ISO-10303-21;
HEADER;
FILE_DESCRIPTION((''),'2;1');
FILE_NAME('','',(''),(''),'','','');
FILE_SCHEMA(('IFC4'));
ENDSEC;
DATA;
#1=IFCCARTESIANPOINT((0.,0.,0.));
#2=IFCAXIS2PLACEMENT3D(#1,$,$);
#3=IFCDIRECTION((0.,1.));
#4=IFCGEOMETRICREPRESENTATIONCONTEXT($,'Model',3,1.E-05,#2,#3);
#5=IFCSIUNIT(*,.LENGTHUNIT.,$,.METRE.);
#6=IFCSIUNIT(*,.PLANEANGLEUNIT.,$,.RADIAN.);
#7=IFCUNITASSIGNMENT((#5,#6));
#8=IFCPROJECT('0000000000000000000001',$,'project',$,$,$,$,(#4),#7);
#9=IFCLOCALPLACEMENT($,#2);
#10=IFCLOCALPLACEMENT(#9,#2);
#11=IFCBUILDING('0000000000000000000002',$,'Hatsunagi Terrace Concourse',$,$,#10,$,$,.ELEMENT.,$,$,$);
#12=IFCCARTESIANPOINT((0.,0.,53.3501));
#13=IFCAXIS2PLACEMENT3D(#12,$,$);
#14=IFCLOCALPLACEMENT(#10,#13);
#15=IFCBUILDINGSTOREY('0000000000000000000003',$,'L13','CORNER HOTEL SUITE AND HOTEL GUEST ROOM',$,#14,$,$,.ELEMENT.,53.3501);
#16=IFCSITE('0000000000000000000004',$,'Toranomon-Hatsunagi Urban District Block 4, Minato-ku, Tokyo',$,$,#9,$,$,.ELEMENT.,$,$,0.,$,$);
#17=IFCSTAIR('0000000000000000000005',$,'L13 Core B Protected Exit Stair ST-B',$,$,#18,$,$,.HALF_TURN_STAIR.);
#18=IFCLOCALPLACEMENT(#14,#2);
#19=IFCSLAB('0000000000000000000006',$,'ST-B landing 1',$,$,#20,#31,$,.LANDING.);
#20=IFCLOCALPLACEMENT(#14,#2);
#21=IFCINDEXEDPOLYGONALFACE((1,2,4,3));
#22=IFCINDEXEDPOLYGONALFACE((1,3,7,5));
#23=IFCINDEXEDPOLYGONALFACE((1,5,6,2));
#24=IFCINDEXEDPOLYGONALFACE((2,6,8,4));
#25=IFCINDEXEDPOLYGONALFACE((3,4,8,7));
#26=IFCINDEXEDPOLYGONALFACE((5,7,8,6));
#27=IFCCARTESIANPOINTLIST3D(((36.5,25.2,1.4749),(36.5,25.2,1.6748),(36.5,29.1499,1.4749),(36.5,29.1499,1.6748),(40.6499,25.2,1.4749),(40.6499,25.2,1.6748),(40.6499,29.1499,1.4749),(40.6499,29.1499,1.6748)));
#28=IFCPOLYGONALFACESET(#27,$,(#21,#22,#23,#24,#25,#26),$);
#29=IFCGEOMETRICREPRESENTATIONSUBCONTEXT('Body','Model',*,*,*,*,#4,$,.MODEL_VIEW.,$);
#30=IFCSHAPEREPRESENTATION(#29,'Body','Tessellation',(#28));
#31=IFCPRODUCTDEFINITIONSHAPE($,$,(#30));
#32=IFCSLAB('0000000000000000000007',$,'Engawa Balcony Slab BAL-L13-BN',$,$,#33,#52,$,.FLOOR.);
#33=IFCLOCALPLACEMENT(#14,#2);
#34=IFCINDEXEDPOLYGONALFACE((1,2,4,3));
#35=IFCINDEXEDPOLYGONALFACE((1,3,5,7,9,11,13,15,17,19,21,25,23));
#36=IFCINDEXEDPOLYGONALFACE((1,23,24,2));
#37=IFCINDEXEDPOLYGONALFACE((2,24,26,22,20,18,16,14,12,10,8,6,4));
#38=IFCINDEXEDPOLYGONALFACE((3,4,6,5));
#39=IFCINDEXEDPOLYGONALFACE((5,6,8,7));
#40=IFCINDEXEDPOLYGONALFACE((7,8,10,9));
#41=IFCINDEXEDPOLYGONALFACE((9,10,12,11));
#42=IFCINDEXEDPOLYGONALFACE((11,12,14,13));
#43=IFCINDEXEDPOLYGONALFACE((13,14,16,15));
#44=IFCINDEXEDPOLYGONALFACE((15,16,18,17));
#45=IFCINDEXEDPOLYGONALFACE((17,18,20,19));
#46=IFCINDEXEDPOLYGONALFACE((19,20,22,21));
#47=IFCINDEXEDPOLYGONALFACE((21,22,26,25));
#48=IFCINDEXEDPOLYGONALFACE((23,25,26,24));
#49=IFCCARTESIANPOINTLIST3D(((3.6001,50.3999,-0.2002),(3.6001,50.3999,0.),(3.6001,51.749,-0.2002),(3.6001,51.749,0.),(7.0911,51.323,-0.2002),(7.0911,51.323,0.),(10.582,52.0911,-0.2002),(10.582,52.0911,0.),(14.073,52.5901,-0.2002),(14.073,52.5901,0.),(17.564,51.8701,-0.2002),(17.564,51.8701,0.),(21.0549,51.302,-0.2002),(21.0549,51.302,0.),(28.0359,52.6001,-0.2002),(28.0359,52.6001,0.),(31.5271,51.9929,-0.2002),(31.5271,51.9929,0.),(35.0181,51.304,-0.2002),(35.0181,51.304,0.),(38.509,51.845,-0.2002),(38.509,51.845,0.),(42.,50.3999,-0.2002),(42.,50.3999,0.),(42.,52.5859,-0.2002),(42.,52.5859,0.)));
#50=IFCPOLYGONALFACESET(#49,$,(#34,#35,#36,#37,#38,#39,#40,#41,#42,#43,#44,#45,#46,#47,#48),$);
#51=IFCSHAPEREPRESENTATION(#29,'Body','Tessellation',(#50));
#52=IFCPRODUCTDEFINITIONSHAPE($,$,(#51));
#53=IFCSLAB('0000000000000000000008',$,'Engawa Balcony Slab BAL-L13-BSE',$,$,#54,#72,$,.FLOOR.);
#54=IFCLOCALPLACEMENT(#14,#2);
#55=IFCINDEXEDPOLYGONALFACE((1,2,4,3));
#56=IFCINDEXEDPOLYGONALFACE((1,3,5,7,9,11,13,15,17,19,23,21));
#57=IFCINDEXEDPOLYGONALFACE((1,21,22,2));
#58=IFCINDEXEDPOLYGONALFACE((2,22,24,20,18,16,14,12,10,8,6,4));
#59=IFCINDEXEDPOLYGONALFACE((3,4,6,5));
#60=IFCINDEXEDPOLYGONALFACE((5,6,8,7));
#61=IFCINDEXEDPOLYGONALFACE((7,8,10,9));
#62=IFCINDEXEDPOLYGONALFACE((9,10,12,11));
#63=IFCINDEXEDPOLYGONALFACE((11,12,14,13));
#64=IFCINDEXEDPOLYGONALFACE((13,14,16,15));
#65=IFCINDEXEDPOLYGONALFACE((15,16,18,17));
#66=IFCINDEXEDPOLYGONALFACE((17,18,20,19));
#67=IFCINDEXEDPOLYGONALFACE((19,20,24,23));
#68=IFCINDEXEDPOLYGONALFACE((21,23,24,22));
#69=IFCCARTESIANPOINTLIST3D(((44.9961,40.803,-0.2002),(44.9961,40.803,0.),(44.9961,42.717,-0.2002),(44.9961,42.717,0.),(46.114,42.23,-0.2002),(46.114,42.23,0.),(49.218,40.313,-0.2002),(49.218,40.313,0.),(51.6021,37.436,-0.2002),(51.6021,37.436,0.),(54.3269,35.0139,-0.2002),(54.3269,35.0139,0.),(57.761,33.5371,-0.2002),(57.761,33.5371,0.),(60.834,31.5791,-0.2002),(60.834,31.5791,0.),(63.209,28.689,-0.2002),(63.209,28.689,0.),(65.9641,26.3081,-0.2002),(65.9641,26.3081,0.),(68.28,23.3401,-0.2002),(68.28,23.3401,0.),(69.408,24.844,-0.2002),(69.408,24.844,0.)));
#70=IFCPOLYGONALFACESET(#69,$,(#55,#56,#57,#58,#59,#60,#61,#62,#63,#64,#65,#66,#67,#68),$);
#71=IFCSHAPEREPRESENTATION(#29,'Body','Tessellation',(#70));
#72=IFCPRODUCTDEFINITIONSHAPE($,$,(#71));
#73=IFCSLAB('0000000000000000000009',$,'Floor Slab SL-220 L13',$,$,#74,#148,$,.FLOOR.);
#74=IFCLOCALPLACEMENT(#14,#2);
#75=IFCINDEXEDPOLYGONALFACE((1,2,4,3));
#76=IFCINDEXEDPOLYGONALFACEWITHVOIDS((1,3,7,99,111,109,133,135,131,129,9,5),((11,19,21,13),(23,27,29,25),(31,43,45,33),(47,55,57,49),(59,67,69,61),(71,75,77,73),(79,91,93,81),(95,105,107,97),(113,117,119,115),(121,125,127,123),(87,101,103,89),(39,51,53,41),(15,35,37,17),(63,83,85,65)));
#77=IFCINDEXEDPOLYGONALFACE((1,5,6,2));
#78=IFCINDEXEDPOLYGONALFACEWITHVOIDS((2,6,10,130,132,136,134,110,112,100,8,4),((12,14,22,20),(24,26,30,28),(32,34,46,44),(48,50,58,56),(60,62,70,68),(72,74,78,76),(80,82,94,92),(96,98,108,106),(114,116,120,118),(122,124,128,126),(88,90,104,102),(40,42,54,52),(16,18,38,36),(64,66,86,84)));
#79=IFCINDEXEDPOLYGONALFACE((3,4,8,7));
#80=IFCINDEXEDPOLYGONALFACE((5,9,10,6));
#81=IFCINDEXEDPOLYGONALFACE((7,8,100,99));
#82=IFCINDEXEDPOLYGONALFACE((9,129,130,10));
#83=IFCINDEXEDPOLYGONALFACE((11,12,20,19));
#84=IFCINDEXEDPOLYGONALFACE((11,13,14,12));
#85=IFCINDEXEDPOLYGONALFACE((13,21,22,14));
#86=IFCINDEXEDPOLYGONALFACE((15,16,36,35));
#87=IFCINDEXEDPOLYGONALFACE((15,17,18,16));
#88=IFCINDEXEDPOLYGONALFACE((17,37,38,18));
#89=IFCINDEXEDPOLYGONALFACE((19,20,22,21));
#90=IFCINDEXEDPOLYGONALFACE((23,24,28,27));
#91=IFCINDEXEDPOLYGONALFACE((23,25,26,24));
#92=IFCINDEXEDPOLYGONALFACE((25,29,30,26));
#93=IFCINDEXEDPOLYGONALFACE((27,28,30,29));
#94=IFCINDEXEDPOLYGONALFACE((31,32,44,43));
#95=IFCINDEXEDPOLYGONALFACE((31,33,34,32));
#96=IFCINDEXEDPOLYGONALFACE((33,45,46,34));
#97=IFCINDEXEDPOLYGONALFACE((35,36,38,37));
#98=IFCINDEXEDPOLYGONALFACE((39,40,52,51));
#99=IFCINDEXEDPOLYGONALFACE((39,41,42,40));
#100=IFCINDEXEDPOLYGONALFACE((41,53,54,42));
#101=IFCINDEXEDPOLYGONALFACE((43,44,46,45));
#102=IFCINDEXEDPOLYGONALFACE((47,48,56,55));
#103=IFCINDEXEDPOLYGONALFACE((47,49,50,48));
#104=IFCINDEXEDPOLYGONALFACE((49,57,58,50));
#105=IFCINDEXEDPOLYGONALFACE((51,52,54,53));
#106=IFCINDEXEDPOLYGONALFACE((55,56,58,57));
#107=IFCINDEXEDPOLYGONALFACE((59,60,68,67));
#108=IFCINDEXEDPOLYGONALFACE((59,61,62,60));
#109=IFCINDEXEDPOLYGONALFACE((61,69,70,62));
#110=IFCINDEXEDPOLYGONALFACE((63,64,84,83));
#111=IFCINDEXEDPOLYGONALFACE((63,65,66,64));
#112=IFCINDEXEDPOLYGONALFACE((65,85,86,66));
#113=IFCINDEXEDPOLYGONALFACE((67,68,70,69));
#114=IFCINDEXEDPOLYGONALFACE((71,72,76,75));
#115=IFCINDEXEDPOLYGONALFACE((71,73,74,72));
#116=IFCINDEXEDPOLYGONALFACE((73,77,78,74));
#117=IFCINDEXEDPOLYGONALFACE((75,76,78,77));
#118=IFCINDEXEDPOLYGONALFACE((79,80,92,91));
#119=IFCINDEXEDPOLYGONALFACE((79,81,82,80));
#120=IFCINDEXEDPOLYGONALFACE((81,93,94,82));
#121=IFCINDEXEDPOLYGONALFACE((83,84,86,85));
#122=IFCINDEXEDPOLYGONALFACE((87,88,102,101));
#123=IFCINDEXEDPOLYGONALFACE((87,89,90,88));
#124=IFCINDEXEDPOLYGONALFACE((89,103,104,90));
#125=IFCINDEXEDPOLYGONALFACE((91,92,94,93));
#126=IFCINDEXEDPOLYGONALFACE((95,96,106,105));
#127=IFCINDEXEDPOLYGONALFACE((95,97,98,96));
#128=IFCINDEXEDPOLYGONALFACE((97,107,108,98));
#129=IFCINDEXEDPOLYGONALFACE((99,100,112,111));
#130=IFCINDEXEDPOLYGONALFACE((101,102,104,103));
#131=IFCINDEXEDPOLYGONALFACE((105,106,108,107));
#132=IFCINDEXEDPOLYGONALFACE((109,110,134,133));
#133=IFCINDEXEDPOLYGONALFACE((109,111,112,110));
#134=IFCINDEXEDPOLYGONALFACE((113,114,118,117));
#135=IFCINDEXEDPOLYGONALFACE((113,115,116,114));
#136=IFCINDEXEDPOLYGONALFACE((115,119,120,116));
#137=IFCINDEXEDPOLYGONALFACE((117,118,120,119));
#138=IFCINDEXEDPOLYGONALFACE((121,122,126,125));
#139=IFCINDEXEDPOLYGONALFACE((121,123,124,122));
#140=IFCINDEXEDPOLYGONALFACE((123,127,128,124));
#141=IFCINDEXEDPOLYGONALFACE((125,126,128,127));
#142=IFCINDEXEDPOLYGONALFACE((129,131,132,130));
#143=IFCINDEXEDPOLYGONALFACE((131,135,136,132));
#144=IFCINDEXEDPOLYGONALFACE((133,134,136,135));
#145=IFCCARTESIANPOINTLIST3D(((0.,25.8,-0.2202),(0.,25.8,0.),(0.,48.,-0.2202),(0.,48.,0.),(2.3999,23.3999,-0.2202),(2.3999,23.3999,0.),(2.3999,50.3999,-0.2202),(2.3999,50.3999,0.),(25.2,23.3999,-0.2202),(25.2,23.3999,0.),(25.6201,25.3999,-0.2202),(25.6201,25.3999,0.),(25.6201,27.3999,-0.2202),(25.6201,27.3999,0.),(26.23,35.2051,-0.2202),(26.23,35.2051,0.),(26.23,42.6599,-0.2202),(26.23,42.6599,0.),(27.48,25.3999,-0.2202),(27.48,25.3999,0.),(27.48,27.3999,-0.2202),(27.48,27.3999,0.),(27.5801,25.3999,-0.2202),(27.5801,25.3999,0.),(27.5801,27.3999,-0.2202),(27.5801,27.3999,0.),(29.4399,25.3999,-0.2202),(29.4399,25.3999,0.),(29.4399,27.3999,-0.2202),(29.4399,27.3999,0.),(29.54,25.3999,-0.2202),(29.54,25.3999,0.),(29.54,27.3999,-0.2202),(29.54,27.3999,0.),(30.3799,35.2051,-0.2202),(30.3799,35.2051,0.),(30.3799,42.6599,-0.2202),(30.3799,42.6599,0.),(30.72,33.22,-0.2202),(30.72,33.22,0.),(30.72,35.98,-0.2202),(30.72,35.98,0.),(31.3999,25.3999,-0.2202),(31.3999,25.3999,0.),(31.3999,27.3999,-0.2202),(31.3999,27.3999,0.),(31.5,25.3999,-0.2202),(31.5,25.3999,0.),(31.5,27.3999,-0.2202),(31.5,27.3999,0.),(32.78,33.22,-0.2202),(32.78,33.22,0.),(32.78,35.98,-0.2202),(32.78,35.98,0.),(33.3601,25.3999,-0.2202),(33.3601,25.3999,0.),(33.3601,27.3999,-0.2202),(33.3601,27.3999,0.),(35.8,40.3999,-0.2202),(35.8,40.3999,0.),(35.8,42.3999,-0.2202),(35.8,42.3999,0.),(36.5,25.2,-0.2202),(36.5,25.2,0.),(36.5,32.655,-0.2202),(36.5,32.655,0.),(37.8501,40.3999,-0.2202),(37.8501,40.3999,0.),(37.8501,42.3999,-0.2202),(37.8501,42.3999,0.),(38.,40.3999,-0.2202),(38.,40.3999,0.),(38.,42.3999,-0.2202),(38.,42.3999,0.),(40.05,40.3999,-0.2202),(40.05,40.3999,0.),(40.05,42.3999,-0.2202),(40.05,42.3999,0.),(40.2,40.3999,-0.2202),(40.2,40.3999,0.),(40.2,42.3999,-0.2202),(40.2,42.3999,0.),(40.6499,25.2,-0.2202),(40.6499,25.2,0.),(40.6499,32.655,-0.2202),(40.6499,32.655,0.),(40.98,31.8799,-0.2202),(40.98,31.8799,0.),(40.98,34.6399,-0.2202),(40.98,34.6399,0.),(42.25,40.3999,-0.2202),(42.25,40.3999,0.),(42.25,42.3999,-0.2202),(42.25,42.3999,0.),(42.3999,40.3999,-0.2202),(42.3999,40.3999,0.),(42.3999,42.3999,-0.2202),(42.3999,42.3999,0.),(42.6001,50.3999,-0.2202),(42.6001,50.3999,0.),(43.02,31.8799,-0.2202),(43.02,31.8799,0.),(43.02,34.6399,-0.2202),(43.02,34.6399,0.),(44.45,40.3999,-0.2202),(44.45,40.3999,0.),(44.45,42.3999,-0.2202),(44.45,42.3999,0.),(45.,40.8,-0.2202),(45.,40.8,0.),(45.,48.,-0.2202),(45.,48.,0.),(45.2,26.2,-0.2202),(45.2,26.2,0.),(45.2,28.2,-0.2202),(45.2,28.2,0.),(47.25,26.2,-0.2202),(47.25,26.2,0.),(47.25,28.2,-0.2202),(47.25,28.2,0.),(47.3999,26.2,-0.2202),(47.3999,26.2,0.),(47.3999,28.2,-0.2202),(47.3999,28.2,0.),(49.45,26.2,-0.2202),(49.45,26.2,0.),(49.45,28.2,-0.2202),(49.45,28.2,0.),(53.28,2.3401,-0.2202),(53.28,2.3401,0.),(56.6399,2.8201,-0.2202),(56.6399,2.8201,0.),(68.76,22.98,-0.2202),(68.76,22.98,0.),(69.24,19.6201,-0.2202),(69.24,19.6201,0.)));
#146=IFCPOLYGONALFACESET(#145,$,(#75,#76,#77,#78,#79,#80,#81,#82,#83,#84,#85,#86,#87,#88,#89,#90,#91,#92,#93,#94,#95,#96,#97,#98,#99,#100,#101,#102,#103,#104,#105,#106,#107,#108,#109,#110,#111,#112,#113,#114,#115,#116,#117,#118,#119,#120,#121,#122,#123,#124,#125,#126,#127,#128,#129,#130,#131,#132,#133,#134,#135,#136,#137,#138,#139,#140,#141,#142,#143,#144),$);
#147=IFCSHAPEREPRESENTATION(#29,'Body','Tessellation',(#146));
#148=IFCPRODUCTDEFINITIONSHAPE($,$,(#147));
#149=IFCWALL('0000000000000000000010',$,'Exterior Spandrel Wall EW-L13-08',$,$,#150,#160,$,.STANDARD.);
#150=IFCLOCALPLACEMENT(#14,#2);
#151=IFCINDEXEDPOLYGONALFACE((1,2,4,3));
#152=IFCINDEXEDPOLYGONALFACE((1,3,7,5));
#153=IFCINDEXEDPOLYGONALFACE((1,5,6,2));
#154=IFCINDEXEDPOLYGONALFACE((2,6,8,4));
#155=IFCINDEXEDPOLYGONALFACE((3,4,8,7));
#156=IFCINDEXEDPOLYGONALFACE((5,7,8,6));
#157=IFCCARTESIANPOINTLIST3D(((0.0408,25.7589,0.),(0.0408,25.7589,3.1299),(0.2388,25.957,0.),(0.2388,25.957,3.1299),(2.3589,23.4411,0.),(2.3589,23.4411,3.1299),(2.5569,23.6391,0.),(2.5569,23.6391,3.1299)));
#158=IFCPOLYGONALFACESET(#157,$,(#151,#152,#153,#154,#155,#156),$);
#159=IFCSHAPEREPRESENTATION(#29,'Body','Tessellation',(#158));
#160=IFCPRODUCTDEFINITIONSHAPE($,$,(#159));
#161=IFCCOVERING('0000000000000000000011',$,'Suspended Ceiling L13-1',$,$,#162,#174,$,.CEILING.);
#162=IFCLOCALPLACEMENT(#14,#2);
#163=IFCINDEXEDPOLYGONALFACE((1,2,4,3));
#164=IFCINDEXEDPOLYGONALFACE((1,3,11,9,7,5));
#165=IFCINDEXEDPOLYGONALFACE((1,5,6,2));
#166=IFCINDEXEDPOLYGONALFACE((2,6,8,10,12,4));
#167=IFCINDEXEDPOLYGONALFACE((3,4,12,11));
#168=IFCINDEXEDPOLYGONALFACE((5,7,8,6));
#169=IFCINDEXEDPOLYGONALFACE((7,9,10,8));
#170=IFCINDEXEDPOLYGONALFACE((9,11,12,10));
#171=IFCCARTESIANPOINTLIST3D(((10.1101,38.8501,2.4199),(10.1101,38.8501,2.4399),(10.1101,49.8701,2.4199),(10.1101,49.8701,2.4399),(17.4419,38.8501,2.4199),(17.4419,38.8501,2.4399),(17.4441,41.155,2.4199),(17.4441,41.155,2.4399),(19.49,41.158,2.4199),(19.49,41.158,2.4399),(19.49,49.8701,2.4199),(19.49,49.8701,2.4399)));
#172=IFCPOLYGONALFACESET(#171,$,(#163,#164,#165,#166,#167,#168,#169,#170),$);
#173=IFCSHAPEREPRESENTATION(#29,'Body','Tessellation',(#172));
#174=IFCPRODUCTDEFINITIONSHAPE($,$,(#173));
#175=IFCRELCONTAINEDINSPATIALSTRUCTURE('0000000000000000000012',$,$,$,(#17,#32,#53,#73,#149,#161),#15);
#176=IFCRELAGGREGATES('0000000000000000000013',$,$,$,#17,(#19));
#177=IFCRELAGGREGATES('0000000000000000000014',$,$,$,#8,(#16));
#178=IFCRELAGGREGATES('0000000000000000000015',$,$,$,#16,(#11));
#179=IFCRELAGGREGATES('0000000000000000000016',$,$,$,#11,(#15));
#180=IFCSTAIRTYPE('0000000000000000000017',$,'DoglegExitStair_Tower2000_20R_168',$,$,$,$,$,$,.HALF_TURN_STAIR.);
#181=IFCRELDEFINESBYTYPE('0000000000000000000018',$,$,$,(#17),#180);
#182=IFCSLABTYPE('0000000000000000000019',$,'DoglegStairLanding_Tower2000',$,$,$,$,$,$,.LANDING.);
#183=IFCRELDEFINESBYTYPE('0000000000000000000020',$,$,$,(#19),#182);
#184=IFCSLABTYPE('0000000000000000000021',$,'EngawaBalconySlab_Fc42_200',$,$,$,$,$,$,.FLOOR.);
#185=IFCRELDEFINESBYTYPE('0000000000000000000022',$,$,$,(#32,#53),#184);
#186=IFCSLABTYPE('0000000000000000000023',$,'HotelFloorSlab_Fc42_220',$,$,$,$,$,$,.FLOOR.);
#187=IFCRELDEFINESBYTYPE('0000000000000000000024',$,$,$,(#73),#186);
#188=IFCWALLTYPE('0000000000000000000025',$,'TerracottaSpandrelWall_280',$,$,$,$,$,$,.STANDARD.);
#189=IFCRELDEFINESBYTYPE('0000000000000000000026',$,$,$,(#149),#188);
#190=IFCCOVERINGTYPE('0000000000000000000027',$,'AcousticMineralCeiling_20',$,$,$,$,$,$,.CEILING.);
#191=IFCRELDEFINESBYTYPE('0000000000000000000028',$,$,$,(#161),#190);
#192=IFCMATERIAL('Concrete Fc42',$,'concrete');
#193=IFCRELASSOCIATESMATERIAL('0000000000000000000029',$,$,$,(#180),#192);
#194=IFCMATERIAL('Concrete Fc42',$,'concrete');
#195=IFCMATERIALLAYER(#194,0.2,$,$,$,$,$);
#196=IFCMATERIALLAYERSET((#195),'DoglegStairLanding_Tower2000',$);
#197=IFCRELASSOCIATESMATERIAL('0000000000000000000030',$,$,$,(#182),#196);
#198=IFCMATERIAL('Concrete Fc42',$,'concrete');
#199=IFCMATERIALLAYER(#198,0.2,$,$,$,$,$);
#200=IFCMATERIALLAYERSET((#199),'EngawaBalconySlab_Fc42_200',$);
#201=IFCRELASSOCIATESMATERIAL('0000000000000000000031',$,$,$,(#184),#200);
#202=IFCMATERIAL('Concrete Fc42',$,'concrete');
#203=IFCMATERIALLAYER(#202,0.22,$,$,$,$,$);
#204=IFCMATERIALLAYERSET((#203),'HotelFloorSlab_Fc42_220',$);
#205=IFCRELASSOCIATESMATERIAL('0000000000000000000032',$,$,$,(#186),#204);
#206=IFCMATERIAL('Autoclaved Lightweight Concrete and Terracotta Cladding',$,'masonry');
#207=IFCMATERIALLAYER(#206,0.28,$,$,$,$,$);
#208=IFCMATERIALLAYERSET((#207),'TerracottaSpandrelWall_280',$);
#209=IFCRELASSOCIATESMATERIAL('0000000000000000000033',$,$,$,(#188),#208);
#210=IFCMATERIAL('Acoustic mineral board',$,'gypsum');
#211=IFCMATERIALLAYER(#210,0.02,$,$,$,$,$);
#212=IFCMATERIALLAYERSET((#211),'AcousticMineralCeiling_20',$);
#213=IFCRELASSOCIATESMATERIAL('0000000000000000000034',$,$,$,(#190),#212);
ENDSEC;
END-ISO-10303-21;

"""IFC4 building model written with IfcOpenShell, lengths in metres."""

from ifc_helpers import new_model, si_unit, direction, frame, frame_2d, origin, place, context, subcontext, project, spatial, polyline, rectangle, outline, extrude, material, layer, layer_set, type_object, element, aggregate, save


model = new_model("IFC4")

# Units and contexts
model_context = context("Model", 3, precision=1e-05, world=origin(), true_north=direction((0.0, 1.0)))
body_context = subcontext(model_context, "Body", "Model", "MODEL_VIEW")
ifc_project = project(units=[si_unit("LENGTHUNIT", "METRE"), si_unit("PLANEANGLEUNIT", "RADIAN")], contexts=[model_context])

# Site, building, storey
site_placement = place(None, origin())
site = spatial("IfcSite", under=ifc_project, at=site_placement, Name="Toranomon-Hatsunagi Urban District Block 4, Minato-ku, Tokyo", CompositionType="ELEMENT", RefElevation=0.0)
building_placement = place(site_placement, origin())
building = spatial("IfcBuilding", under=site, at=building_placement, Name="Hatsunagi Terrace Concourse", CompositionType="ELEMENT")
storey_placement = place(building_placement, frame((0.0, 0.0, 53.3501)))
storey = spatial("IfcBuildingStorey", under=building, at=storey_placement, Name="L13", Description="CORNER HOTEL SUITE AND HOTEL GUEST ROOM", CompositionType="ELEMENT", Elevation=53.3501)

# Stair, slab
ifc_material_1 = material(Name="Concrete Fc42", Category="concrete")
stair_type = type_object("IfcStairType", Name="DoglegExitStair_Tower2000_20R_168", PredefinedType="HALF_TURN_STAIR", material=ifc_material_1)
ifc_material_2 = material(Name="Concrete Fc42", Category="concrete")
ifc_layer_1 = layer(ifc_material_2, 0.2)
ifc_layer_set_1 = layer_set([ifc_layer_1], Name="DoglegStairLanding_Tower2000")
slab_type_1 = type_object("IfcSlabType", Name="DoglegStairLanding_Tower2000", PredefinedType="LANDING", material=ifc_layer_set_1)
stair_1_placement = place(storey_placement, origin())
stair_1 = element("IfcStair", 1, at=stair_1_placement, inside=storey, type_object=stair_type, Name="L13 Core B Protected Exit Stair ST-B", PredefinedType="HALF_TURN_STAIR")
slab_1_placement = place(storey_placement, frame((0.0, 0.0, 1.4749)))
slab_1 = element("IfcSlab", 2, at=slab_1_placement, type_object=slab_type_1, Name="ST-B landing 1", PredefinedType="LANDING", context=body_context, shape_type="SweptSolid", body=[
    extrude(outline(polyline([(36.5, 29.1499), (36.5, 25.2), (40.6499, 25.2), (40.6499, 29.1499), (36.5, 29.1499)])), origin(), (0.0, 0.0, 1.0), 0.2),
])
aggregate(stair_1, [slab_1])

# Slabs
ifc_material_3 = material(Name="Concrete Fc42", Category="concrete")
ifc_layer_2 = layer(ifc_material_3, 0.2)
ifc_layer_set_2 = layer_set([ifc_layer_2], Name="EngawaBalconySlab_Fc42_200")
slab_type_2 = type_object("IfcSlabType", Name="EngawaBalconySlab_Fc42_200", PredefinedType="FLOOR", material=ifc_layer_set_2)
slab_2_placement = place(storey_placement, frame((0.0, 0.0, -0.2002)))
element("IfcSlab", 3, at=slab_2_placement, inside=storey, type_object=slab_type_2, Name="Engawa Balcony Slab BAL-L13-BN", PredefinedType="FLOOR", context=body_context, shape_type="SweptSolid", body=[
    extrude(outline(polyline([(3.6001, 51.749), (3.6001, 50.3999), (42.0, 50.3999), (42.0, 52.5859), (38.509, 51.845), (35.0181, 51.304), (31.5271, 51.9929), (28.0359, 52.6001), (21.0549, 51.302), (17.564, 51.8701), (14.073, 52.5901), (10.582, 52.0911), (7.0911, 51.323), (3.6001, 51.749)])), origin(), (0.0, 0.0, 1.0), 0.2002),
])
slab_3_placement = place(storey_placement, frame((0.0, 0.0, -0.2002)))
element("IfcSlab", 4, at=slab_3_placement, inside=storey, type_object=slab_type_2, Name="Engawa Balcony Slab BAL-L13-BSE", PredefinedType="FLOOR", context=body_context, shape_type="SweptSolid", body=[
    extrude(outline(polyline([(46.114, 42.23), (44.9961, 42.717), (44.9961, 40.803), (68.28, 23.3401), (69.408, 24.844), (65.9641, 26.3081), (63.209, 28.689), (60.834, 31.5791), (57.761, 33.5371), (54.3269, 35.0139), (51.6021, 37.436), (49.218, 40.313), (46.114, 42.23)])), origin(), (0.0, 0.0, 1.0), 0.2002),
])
ifc_material_4 = material(Name="Concrete Fc42", Category="concrete")
ifc_layer_3 = layer(ifc_material_4, 0.22)
ifc_layer_set_3 = layer_set([ifc_layer_3], Name="HotelFloorSlab_Fc42_220")
slab_type_3 = type_object("IfcSlabType", Name="HotelFloorSlab_Fc42_220", PredefinedType="FLOOR", material=ifc_layer_set_3)
slab_4_placement = place(storey_placement, frame((0.0, 0.0, -0.2202)))
element("IfcSlab", 5, at=slab_4_placement, inside=storey, type_object=slab_type_3, Name="Floor Slab SL-220 L13", PredefinedType="FLOOR", context=body_context, shape_type="SweptSolid", body=[
    extrude(outline(polyline([(45.0, 40.8), (45.0, 48.0), (42.6001, 50.3999), (2.3999, 50.3999), (0.0, 48.0), (0.0, 25.8), (2.3999, 23.3999), (25.2, 23.3999), (53.28, 2.3401), (56.6399, 2.8201), (69.24, 19.6201), (68.76, 22.98), (45.0, 40.8)]), holes=[polyline([(26.23, 35.2051), (30.3799, 35.2051), (30.3799, 42.6599), (26.23, 42.6599), (26.23, 35.2051)]), polyline([(36.5, 25.2), (40.6499, 25.2), (40.6499, 32.655), (36.5, 32.655), (36.5, 25.2)]), polyline([(30.72, 33.22), (32.78, 33.22), (32.78, 35.98), (30.72, 35.98), (30.72, 33.22)]), polyline([(40.98, 31.8799), (43.02, 31.8799), (43.02, 34.6399), (40.98, 34.6399), (40.98, 31.8799)]), polyline([(25.6201, 25.3999), (27.48, 25.3999), (27.48, 27.3999), (25.6201, 27.3999), (25.6201, 25.3999)]), polyline([(27.5801, 25.3999), (29.4399, 25.3999), (29.4399, 27.3999), (27.5801, 27.3999), (27.5801, 25.3999)]), polyline([(29.54, 25.3999), (31.3999, 25.3999), (31.3999, 27.3999), (29.54, 27.3999), (29.54, 25.3999)]), polyline([(31.5, 25.3999), (33.3601, 25.3999), (33.3601, 27.3999), (31.5, 27.3999), (31.5, 25.3999)]), polyline([(35.8, 40.3999), (37.8501, 40.3999), (37.8501, 42.3999), (35.8, 42.3999), (35.8, 40.3999)]), polyline([(38.0, 40.3999), (40.05, 40.3999), (40.05, 42.3999), (38.0, 42.3999), (38.0, 40.3999)]), polyline([(40.2, 40.3999), (42.25, 40.3999), (42.25, 42.3999), (40.2, 42.3999), (40.2, 40.3999)]), polyline([(42.3999, 40.3999), (44.45, 40.3999), (44.45, 42.3999), (42.3999, 42.3999), (42.3999, 40.3999)]), polyline([(45.2, 26.2), (47.25, 26.2), (47.25, 28.2), (45.2, 28.2), (45.2, 26.2)]), polyline([(47.3999, 26.2), (49.45, 26.2), (49.45, 28.2), (47.3999, 28.2), (47.3999, 26.2)])]), origin(), (0.0, 0.0, 1.0), 0.2202),
])

# Wall
ifc_material_5 = material(Name="Autoclaved Lightweight Concrete and Terracotta Cladding", Category="masonry")
ifc_layer_4 = layer(ifc_material_5, 0.28)
ifc_layer_set_4 = layer_set([ifc_layer_4], Name="TerracottaSpandrelWall_280")
wall_type = type_object("IfcWallType", Name="TerracottaSpandrelWall_280", PredefinedType="STANDARD", material=ifc_layer_set_4)
wall_placement = place(storey_placement, frame((2.458, 23.54, 0.0), z_axis=(0.0, 0.0, 1.0), x_axis=(-0.707144, 0.70707, 0.0)))
element("IfcWall", 6, at=wall_placement, inside=storey, type_object=wall_type, Name="Exterior Spandrel Wall EW-L13-08", PredefinedType="STANDARD", context=body_context, shape_type="SweptSolid", body=[
    extrude(rectangle(XDim=3.2781, YDim=0.28, at=frame_2d((1.6392, 0.0))), origin(), (0.0, 0.0, 1.0), 3.1299),
])

# Covering
ifc_material_6 = material(Name="Acoustic mineral board", Category="gypsum")
ifc_layer_5 = layer(ifc_material_6, 0.02)
ifc_layer_set_5 = layer_set([ifc_layer_5], Name="AcousticMineralCeiling_20")
covering_type_1 = type_object("IfcCoveringType", Name="AcousticMineralCeiling_20", PredefinedType="CEILING", material=ifc_layer_set_5)
covering_1_placement = place(storey_placement, frame((0.0, 0.0, 2.4199)))
element("IfcCovering", 7, at=covering_1_placement, inside=storey, type_object=covering_type_1, Name="Suspended Ceiling L13-1", PredefinedType="CEILING", context=body_context, shape_type="SweptSolid", body=[
    extrude(outline(polyline([(10.1101, 49.8701), (10.1101, 38.8501), (17.4419, 38.8501), (17.4441, 41.155), (19.49, 41.158), (19.49, 49.8701), (10.1101, 49.8701)])), origin(), (0.0, 0.0, 1.0), 0.02),
])

save(model, "model.ifc")
